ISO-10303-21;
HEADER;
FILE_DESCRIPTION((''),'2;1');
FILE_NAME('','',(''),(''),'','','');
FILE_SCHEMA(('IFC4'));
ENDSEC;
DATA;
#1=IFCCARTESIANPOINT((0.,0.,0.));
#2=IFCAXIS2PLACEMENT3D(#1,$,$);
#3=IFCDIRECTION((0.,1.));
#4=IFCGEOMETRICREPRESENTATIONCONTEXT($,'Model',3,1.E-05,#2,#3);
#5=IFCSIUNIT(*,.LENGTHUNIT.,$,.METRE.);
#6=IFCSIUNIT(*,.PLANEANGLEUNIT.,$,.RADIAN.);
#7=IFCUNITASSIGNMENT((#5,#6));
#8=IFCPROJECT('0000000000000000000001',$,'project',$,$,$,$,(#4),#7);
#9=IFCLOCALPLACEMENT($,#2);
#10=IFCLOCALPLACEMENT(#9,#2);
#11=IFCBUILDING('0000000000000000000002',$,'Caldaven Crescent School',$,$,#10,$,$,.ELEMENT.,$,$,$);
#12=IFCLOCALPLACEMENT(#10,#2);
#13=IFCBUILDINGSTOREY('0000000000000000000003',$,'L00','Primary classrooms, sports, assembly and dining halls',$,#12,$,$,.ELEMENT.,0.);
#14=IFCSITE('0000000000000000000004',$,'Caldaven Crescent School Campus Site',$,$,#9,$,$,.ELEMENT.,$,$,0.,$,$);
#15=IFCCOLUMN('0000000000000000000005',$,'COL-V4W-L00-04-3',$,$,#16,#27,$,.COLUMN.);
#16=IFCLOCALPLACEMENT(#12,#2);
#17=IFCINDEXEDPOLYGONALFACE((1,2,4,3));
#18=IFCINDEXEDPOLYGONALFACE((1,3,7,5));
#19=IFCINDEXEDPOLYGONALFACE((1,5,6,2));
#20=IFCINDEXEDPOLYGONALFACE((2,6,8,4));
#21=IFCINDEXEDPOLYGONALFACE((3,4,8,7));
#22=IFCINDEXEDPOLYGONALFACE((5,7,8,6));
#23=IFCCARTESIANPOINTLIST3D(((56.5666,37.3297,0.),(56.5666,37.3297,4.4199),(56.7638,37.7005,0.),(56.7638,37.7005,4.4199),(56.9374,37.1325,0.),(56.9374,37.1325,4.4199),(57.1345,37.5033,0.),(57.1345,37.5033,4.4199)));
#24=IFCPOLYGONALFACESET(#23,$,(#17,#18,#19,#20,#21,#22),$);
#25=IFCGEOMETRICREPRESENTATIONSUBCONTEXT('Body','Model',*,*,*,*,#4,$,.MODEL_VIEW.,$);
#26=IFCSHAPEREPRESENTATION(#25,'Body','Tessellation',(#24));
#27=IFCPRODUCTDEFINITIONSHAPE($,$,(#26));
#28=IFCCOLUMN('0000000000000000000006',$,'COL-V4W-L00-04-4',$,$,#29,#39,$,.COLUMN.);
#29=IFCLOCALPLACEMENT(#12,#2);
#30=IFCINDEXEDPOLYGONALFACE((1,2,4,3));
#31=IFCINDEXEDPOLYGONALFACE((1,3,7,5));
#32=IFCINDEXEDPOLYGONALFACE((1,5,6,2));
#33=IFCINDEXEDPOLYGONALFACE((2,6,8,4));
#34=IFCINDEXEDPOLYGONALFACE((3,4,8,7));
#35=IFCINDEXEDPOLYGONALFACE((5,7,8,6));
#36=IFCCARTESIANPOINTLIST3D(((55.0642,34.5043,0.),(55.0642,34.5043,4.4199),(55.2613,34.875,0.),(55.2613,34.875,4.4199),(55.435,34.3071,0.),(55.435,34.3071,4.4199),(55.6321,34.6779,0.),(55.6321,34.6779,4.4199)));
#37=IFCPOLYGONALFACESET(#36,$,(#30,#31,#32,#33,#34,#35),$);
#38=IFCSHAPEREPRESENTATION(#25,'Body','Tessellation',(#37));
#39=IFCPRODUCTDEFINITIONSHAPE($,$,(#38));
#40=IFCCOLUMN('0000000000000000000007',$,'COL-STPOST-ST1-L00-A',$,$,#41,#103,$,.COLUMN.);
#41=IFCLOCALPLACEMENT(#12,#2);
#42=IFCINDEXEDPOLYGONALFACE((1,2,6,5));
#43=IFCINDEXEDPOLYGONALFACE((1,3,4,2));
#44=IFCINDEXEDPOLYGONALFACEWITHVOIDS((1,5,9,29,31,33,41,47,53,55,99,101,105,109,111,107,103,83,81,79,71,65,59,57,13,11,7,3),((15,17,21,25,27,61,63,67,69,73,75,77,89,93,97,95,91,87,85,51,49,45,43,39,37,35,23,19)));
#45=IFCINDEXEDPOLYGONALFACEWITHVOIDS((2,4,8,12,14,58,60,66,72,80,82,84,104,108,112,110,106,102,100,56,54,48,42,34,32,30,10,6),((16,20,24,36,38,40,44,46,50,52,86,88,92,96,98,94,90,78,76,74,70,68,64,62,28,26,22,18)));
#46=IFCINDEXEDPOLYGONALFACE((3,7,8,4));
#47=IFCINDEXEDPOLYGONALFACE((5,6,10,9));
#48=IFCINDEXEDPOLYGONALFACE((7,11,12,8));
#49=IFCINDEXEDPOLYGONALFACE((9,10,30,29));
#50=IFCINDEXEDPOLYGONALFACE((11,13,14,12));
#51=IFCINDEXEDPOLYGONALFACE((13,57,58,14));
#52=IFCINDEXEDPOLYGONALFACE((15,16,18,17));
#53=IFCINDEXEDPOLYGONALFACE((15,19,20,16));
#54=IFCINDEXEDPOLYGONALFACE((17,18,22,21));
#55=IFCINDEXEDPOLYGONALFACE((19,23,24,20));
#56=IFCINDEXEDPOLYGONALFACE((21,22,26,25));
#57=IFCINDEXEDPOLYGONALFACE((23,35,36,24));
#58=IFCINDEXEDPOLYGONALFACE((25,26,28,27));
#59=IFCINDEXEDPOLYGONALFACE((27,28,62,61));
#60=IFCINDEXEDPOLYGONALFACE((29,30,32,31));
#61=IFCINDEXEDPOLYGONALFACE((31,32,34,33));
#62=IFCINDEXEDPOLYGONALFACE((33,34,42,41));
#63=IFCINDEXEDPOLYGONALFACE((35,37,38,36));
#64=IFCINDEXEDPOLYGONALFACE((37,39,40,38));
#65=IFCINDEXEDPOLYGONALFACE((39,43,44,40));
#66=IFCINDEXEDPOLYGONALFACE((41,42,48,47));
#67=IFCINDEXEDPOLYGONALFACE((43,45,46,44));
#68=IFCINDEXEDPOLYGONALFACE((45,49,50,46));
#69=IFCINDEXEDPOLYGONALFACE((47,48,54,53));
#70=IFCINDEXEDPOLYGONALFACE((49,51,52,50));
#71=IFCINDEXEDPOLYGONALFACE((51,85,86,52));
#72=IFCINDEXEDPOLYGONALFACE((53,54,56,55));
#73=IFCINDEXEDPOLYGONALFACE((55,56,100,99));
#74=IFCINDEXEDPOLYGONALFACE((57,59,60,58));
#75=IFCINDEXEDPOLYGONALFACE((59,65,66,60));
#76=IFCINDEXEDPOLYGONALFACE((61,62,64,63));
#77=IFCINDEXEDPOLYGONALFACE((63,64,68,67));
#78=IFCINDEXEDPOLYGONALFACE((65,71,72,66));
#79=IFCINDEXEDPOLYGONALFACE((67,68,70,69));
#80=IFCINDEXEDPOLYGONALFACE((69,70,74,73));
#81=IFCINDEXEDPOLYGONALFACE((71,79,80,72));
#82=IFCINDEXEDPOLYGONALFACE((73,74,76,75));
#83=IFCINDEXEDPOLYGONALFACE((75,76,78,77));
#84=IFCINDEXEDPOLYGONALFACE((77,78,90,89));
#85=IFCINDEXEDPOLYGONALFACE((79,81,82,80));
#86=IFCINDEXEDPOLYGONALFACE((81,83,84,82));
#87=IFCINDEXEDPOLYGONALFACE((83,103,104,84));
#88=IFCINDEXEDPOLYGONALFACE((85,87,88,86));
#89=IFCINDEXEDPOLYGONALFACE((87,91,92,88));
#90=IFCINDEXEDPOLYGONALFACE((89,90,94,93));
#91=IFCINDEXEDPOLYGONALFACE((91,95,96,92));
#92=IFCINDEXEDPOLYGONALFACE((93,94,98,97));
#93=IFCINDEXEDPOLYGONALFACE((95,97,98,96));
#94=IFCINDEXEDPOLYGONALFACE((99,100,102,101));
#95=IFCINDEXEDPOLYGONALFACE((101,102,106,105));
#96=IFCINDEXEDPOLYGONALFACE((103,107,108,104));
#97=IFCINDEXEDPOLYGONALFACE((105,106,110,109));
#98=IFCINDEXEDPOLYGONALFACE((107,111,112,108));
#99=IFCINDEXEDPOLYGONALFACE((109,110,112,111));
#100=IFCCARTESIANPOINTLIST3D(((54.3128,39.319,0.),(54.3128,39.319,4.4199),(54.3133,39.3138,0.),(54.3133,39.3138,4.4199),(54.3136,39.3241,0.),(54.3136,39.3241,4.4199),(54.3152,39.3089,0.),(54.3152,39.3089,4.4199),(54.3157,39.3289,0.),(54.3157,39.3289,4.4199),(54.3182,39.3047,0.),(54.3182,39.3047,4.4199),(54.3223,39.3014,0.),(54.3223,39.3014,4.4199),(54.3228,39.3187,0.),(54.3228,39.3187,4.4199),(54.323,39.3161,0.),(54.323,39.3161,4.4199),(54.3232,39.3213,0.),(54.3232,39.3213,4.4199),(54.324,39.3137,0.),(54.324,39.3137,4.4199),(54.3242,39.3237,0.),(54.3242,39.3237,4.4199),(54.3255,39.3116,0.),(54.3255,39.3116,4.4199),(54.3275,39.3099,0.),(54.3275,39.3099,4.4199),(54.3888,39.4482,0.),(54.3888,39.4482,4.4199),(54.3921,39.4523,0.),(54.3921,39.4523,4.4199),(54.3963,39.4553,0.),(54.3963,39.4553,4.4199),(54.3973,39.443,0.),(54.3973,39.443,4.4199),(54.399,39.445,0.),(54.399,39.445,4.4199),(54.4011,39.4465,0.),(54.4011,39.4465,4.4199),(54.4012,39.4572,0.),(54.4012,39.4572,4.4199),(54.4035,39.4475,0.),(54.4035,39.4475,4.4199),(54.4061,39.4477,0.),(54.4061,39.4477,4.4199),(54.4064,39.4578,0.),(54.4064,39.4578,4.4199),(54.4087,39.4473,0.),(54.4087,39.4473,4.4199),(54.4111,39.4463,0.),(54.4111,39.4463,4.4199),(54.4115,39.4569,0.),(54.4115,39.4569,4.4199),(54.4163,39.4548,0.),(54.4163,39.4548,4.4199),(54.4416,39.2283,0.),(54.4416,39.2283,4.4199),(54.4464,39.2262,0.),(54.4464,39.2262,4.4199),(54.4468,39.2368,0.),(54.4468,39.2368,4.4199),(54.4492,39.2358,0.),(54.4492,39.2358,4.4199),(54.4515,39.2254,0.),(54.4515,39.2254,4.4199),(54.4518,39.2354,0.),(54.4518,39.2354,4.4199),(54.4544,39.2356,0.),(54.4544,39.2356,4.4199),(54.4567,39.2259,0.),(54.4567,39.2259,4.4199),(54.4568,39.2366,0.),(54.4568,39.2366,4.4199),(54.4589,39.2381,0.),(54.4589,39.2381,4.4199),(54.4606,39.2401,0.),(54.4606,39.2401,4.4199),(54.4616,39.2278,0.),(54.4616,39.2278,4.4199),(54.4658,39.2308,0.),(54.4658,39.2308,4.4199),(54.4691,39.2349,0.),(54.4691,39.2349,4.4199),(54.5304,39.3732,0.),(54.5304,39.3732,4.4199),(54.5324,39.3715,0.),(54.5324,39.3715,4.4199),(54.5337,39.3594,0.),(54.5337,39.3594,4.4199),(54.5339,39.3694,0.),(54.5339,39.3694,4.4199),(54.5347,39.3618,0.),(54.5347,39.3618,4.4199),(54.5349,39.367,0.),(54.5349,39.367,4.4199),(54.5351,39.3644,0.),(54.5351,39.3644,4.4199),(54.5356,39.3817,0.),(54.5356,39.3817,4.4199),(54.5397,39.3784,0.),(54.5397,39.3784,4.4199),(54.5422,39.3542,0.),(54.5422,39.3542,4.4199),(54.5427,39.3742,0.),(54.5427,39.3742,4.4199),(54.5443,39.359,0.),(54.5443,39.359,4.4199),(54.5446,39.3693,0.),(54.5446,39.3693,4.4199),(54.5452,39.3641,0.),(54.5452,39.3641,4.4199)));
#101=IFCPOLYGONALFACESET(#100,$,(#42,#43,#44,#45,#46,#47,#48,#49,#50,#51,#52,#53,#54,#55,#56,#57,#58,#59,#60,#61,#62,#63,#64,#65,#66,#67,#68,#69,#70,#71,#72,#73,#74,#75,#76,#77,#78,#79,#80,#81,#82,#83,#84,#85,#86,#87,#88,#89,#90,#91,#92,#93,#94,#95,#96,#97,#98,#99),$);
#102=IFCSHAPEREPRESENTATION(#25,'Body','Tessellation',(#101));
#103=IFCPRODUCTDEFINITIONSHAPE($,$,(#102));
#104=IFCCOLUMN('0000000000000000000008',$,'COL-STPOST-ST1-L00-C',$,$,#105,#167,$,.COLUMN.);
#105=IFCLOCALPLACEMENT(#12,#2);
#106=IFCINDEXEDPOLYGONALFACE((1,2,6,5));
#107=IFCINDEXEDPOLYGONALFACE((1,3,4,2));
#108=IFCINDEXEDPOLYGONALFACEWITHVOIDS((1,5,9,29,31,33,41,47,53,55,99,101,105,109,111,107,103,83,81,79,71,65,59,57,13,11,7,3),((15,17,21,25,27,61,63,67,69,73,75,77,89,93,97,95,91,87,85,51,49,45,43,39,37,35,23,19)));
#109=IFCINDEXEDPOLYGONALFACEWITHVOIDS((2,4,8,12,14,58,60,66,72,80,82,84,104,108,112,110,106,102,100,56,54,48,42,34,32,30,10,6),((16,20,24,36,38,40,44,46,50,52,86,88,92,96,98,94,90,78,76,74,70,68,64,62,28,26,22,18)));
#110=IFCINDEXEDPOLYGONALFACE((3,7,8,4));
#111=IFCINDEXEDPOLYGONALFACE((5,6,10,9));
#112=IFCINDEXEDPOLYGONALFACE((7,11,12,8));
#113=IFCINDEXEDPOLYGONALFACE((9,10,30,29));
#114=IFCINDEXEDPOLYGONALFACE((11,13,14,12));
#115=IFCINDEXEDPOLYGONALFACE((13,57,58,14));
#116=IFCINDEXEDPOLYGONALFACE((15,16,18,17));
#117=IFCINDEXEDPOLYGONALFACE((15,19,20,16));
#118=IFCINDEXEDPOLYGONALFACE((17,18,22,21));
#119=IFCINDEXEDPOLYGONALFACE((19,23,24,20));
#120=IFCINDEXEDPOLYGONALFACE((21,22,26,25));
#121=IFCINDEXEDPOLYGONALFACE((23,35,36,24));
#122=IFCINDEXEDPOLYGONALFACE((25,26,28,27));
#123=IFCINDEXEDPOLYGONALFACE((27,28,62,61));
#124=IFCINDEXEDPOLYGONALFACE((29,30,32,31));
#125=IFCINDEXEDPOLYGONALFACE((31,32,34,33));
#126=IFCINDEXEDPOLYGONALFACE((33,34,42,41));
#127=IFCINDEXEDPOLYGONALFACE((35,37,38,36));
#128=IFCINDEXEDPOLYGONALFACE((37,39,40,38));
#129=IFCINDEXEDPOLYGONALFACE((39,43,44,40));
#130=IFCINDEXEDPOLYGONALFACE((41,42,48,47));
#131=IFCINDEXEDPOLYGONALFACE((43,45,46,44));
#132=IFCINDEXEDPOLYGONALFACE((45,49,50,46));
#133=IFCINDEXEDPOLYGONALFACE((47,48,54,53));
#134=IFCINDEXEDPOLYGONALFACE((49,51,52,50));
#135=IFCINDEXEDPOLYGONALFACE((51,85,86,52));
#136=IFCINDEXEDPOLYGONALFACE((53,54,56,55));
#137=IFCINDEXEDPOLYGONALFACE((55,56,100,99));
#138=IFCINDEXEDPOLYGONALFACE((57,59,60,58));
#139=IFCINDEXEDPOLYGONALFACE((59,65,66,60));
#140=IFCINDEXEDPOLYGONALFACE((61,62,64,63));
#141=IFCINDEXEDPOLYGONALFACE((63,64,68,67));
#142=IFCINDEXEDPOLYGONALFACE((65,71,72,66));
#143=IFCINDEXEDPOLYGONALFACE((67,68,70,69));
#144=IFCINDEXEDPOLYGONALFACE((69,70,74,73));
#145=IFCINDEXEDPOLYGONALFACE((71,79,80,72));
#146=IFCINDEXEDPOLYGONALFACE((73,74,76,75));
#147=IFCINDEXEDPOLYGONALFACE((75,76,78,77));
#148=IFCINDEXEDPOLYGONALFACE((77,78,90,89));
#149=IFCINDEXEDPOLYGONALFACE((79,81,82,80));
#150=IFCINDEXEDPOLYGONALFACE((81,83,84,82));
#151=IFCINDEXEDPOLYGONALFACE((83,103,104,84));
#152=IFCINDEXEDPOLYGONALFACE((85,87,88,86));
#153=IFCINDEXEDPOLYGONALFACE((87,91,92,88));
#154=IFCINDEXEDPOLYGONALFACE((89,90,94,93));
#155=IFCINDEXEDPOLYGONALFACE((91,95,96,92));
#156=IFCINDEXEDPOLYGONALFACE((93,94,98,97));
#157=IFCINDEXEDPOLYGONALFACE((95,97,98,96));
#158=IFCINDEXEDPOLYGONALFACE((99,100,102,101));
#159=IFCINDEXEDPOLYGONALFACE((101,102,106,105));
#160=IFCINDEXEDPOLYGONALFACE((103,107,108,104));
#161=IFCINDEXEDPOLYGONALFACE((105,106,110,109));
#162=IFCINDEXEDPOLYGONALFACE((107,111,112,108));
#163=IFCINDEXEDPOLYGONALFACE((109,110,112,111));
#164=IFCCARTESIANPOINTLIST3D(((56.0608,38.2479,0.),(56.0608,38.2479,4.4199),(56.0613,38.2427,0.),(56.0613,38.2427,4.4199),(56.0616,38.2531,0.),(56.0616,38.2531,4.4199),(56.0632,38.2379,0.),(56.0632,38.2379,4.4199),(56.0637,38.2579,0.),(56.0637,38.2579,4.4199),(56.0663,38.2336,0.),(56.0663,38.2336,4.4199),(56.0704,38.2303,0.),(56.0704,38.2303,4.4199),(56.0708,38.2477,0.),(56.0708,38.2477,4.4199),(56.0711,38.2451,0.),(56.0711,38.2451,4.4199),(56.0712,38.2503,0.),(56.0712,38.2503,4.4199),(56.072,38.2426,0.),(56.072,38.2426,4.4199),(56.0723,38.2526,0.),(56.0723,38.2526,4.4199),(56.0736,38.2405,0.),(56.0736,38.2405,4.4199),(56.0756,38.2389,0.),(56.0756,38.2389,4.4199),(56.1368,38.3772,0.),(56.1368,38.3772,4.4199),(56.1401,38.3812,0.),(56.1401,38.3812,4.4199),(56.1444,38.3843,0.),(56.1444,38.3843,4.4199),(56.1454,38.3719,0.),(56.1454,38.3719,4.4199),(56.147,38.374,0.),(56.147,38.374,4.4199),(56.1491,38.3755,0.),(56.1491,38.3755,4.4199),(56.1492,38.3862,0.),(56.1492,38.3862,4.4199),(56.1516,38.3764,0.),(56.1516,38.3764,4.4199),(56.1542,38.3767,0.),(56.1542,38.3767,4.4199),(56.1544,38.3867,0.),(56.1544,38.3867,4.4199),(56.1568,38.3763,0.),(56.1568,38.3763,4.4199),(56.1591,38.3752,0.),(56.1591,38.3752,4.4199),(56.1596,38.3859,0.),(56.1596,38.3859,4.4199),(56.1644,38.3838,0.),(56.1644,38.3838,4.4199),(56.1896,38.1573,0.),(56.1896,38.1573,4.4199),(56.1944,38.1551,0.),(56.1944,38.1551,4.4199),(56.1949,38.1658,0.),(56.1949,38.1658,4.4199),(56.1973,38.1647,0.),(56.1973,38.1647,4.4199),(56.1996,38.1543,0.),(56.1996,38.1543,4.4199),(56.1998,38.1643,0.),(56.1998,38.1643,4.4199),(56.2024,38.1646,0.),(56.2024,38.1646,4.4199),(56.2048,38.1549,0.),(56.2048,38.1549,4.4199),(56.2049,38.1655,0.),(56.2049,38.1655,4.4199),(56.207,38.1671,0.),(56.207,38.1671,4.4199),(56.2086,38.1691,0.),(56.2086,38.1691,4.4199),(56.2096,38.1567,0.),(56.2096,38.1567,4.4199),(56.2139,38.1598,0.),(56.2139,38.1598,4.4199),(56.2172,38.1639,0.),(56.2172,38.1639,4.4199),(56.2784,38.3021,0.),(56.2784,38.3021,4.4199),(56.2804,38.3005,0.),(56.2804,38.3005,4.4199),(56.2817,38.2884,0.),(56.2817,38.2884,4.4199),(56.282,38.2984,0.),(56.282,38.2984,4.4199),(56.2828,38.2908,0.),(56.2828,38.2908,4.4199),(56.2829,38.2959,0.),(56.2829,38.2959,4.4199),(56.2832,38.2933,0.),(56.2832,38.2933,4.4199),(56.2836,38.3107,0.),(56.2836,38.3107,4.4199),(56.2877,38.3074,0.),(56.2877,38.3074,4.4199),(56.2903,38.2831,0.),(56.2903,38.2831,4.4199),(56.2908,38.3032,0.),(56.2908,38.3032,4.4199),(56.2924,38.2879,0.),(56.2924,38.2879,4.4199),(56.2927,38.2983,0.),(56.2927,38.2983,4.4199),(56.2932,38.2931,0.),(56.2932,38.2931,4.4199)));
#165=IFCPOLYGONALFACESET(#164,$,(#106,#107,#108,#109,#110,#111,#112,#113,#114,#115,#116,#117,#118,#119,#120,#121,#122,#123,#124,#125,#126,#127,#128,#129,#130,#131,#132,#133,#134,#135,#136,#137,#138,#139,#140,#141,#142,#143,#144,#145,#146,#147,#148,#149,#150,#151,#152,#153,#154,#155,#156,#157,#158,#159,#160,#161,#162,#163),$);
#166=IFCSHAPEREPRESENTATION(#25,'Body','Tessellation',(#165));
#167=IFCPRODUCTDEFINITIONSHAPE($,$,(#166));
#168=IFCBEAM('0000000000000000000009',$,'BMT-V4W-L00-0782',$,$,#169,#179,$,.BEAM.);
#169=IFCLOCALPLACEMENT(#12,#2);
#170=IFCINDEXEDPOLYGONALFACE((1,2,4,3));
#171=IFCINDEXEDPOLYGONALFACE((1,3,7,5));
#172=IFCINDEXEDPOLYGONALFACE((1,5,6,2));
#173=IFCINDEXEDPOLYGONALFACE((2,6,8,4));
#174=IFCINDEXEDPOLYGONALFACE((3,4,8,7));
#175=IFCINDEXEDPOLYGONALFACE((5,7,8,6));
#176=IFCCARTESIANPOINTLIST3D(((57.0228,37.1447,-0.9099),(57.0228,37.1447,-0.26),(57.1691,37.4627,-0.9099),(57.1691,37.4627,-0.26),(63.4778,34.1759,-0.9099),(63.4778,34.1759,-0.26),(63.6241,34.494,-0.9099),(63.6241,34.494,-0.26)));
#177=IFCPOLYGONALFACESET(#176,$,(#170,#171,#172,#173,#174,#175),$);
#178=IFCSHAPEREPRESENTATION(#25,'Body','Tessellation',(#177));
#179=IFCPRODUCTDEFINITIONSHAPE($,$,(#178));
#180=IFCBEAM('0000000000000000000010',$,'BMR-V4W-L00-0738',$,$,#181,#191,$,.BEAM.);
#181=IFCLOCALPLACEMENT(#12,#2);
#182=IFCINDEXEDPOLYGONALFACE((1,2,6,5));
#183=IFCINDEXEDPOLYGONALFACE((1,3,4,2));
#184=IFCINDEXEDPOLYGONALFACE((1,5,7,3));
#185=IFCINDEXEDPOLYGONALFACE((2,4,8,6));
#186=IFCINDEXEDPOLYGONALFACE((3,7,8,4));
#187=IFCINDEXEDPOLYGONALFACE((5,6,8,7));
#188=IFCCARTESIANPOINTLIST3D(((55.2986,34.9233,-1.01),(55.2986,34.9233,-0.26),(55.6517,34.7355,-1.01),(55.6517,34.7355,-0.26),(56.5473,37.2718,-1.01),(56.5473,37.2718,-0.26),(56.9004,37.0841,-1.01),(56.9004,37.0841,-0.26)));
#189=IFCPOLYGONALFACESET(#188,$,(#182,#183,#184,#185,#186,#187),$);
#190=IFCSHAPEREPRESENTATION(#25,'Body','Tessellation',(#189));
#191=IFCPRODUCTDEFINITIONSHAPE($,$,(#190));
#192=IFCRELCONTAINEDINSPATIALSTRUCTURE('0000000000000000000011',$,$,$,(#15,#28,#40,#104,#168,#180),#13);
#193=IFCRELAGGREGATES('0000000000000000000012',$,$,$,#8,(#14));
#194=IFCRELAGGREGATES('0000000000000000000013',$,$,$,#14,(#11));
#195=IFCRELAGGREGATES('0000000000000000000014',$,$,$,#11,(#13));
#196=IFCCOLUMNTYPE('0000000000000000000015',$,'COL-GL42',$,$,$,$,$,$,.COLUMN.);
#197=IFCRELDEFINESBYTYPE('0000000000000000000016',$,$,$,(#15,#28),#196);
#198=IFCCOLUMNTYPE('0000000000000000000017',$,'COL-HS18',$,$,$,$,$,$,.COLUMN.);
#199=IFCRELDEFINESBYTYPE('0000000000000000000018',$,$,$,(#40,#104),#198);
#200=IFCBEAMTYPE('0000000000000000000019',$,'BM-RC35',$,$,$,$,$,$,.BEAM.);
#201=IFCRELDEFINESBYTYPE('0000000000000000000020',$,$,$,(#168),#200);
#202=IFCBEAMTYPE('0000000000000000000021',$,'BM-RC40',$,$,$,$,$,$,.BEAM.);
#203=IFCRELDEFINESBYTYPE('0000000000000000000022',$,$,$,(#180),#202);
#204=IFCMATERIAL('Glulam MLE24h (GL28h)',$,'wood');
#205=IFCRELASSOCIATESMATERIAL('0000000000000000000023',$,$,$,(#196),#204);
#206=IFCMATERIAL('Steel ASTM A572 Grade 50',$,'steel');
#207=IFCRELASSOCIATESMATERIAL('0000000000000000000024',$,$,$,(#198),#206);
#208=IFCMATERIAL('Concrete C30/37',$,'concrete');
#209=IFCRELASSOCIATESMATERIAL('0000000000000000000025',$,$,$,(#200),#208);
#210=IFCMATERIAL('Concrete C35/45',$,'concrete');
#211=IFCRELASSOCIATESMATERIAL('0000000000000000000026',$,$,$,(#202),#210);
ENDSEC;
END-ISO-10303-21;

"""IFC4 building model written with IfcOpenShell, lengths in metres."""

from ifc_helpers import new_model, si_unit, direction, frame, origin, origin_2d, place, context, subcontext, project, spatial, rectangle, hollow_rectangle, extrude, material, material_profile, profile_set, type_object, element, save


model = new_model("IFC4")

# Units and contexts
model_context = context("Model", 3, precision=1e-05, world=origin(), true_north=direction((0.0, 1.0)))
body_context = subcontext(model_context, "Body", "Model", "MODEL_VIEW")
ifc_project = project(units=[si_unit("LENGTHUNIT", "METRE"), si_unit("PLANEANGLEUNIT", "RADIAN")], contexts=[model_context])

# Site, building, storey
site_placement = place(None, origin())
site = spatial("IfcSite", under=ifc_project, at=site_placement, Name="Caldaven Crescent School Campus Site", CompositionType="ELEMENT", RefElevation=0.0)
building_placement = place(site_placement, origin())
building = spatial("IfcBuilding", under=site, at=building_placement, Name="Caldaven Crescent School", CompositionType="ELEMENT")
storey_placement = place(building_placement, origin())
storey = spatial("IfcBuildingStorey", under=building, at=storey_placement, Name="L00", Description="Primary classrooms, sports, assembly and dining halls", CompositionType="ELEMENT", Elevation=0.0)

# Columns
ifc_material_1 = material(Name="Glulam MLE24h (GL28h)", Category="wood")
ifc_material_profile_1 = material_profile(ifc_material_1, rectangle(XDim=0.4199, YDim=0.4199, at=origin_2d()), Name="MLE 420x420")
ifc_profile_set_1 = profile_set([ifc_material_profile_1], Name="Glulam MLE24h (GL28h)")
column_type_1 = type_object("IfcColumnType", Name="COL-GL42", PredefinedType="COLUMN", material=ifc_profile_set_1)
for number, where, z_axis, x_axis, name in (
    (1, (56.8506, 37.4165, 0.0), (0.0, 0.0, 1.0), (-0.469472, -0.882948, 0.0), "COL-V4W-L00-04-3"),
    (2, (55.3481, 34.5911, 0.0), (0.0, 0.0, 1.0), (-0.469472, -0.882948, 0.0), "COL-V4W-L00-04-4"),
):
    element("IfcColumn", number, at=place(storey_placement, frame(where, z_axis=z_axis, x_axis=x_axis)), inside=storey, type_object=column_type_1, Name=name, PredefinedType="COLUMN", context=body_context, shape_type="SweptSolid", body=[
        extrude(rectangle(XDim=0.4199, YDim=0.4199, at=origin_2d()), origin(), (0.0, 0.0, 1.0), 4.4199),
    ])
ifc_material_2 = material(Name="Steel ASTM A572 Grade 50", Category="steel")
ifc_material_profile_2 = material_profile(ifc_material_2, hollow_rectangle(XDim=0.1799, YDim=0.1799, WallThickness=0.01, InnerFilletRadius=0.01, OuterFilletRadius=0.02, at=origin_2d()), Name="HSS 180x180x10")
ifc_profile_set_2 = profile_set([ifc_material_profile_2], Name="Steel ASTM A572 Grade 50")
column_type_2 = type_object("IfcColumnType", Name="COL-HS18", PredefinedType="COLUMN", material=ifc_profile_set_2)
for number, where, z_axis, x_axis, name in (
    (3, (54.429, 39.3416, 0.0), (0.0, 0.0, 1.0), (0.85264, -0.522499, 0.0), "COL-STPOST-ST1-L00-A"),
    (4, (56.177, 38.2705, 0.0), (0.0, 0.0, 1.0), (0.85264, -0.522499, 0.0), "COL-STPOST-ST1-L00-C"),
):
    element("IfcColumn", number, at=place(storey_placement, frame(where, z_axis=z_axis, x_axis=x_axis)), inside=storey, type_object=column_type_2, Name=name, PredefinedType="COLUMN", context=body_context, shape_type="SweptSolid", body=[
        extrude(hollow_rectangle(XDim=0.1799, YDim=0.1799, WallThickness=0.01, InnerFilletRadius=0.01, OuterFilletRadius=0.02, at=origin_2d()), origin(), (0.0, 0.0, 1.0), 4.4199),
    ])

# Beams
ifc_material_3 = material(Name="Concrete C30/37", Category="concrete")
ifc_material_profile_3 = material_profile(ifc_material_3, rectangle(XDim=0.3501, YDim=0.6499, at=origin_2d()), Name="RC 350x650")
ifc_profile_set_3 = profile_set([ifc_material_profile_3], Name="Concrete C30/37")
beam_type_1 = type_object("IfcBeamType", Name="BM-RC35", PredefinedType="BEAM", material=ifc_profile_set_3)
beam_1_placement = place(storey_placement, frame((57.0959, 37.3037, -0.585), z_axis=(0.908522, -0.417838, 0.0), x_axis=(0.417838, 0.908522, 0.0)))
element("IfcBeam", 5, at=beam_1_placement, inside=storey, type_object=beam_type_1, Name="BMT-V4W-L00-0782", PredefinedType="BEAM", context=body_context, shape_type="SweptSolid", body=[
    extrude(rectangle(XDim=0.3501, YDim=0.6499, at=origin_2d()), origin(), (0.0, 0.0, 1.0), 7.105),
])
ifc_material_4 = material(Name="Concrete C35/45", Category="concrete")
ifc_material_profile_4 = material_profile(ifc_material_4, rectangle(XDim=0.3999, YDim=0.75, at=origin_2d()), Name="RC 400x750")
ifc_profile_set_4 = profile_set([ifc_material_profile_4], Name="Concrete C35/45")
beam_type_2 = type_object("IfcBeamType", Name="BM-RC40", PredefinedType="BEAM", material=ifc_profile_set_4)
beam_2_placement = place(storey_placement, frame((56.7239, 37.178, -0.635), z_axis=(-0.469468, -0.882949, 0.0), x_axis=(0.882949, -0.469468, 0.0)))
element("IfcBeam", 6, at=beam_2_placement, inside=storey, type_object=beam_type_2, Name="BMR-V4W-L00-0738", PredefinedType="BEAM", context=body_context, shape_type="SweptSolid", body=[
    extrude(rectangle(XDim=0.3999, YDim=0.75, at=origin_2d()), origin(), (0.0, 0.0, 1.0), 2.6599),
])

save(model, "model.ifc")
